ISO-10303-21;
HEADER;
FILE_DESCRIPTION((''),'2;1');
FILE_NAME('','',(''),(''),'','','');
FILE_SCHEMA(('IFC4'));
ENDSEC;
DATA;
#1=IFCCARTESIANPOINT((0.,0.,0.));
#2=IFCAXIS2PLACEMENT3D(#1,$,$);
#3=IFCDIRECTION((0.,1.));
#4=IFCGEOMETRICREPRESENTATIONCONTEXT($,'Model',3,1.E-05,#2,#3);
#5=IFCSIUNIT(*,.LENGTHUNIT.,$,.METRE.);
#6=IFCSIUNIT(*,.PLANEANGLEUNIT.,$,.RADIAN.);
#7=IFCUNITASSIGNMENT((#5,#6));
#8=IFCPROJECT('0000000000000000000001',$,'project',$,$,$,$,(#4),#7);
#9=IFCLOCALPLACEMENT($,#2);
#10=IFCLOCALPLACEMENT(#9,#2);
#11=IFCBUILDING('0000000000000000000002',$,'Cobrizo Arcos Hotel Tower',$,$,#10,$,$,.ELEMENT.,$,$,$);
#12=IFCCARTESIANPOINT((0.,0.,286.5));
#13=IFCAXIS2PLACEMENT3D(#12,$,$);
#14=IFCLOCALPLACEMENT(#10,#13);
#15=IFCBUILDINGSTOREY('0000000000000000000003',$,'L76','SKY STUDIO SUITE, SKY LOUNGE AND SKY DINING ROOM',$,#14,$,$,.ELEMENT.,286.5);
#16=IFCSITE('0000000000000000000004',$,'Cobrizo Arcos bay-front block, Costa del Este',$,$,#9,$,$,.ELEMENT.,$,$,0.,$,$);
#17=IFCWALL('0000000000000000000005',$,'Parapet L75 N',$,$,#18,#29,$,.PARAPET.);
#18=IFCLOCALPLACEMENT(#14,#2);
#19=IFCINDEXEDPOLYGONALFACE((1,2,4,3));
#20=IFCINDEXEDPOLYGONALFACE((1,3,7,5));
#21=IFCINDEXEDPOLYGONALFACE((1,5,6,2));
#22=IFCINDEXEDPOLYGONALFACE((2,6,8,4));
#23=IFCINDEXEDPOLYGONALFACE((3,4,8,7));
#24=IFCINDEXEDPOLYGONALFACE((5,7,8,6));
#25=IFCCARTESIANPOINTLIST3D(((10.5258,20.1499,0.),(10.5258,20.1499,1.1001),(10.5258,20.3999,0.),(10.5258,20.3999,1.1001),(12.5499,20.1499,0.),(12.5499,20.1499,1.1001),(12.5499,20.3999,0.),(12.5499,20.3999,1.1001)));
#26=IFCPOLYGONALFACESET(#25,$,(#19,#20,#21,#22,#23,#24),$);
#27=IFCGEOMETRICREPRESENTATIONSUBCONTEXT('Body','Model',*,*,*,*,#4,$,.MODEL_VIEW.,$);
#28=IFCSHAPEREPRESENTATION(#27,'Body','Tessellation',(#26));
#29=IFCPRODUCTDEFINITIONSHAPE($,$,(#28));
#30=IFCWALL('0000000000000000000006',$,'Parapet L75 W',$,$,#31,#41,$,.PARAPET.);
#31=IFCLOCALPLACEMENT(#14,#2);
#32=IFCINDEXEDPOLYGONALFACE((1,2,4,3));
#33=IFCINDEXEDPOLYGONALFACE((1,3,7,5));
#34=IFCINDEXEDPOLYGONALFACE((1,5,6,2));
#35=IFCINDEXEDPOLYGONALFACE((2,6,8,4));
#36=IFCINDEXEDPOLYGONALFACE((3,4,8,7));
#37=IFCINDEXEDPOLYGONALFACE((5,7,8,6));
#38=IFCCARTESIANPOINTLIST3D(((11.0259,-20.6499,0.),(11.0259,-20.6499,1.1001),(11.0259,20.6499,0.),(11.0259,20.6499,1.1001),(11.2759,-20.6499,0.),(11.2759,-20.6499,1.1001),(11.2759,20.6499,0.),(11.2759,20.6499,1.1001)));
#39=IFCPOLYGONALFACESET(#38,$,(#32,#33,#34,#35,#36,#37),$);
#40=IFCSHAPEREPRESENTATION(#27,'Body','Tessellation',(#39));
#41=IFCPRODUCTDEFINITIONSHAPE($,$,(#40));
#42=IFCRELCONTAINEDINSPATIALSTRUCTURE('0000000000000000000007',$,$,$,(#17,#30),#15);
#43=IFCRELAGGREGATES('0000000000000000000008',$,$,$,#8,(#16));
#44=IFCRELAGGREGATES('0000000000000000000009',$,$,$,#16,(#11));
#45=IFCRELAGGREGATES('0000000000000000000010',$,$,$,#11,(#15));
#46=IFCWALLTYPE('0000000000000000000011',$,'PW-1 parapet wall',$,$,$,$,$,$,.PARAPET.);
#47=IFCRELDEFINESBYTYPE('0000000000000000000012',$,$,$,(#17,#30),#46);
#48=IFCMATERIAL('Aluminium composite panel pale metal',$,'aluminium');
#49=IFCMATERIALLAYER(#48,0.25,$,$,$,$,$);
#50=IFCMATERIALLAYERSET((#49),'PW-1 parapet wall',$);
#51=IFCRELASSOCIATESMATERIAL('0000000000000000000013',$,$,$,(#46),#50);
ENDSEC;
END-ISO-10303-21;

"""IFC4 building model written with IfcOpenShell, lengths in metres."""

from ifc_helpers import new_model, si_unit, direction, frame, frame_2d, origin, place, context, subcontext, project, spatial, rectangle, extrude, material, layer, layer_set, type_object, element, save


model = new_model("IFC4")

# Units and contexts
model_context = context("Model", 3, precision=1e-05, world=origin(), true_north=direction((0.0, 1.0)))
body_context = subcontext(model_context, "Body", "Model", "MODEL_VIEW")
ifc_project = project(units=[si_unit("LENGTHUNIT", "METRE"), si_unit("PLANEANGLEUNIT", "RADIAN")], contexts=[model_context])

# Site, building, storey
site_placement = place(None, origin())
site = spatial("IfcSite", under=ifc_project, at=site_placement, Name="Cobrizo Arcos bay-front block, Costa del Este", CompositionType="ELEMENT", RefElevation=0.0)
building_placement = place(site_placement, origin())
building = spatial("IfcBuilding", under=site, at=building_placement, Name="Cobrizo Arcos Hotel Tower", CompositionType="ELEMENT")
storey_placement = place(building_placement, frame((0.0, 0.0, 286.5)))
storey = spatial("IfcBuildingStorey", under=building, at=storey_placement, Name="L76", Description="SKY STUDIO SUITE, SKY LOUNGE AND SKY DINING ROOM", CompositionType="ELEMENT", Elevation=286.5)

# Shared definitions
ifc_material_1 = material(Name="Aluminium composite panel pale metal", Category="aluminium")

# Walls
ifc_layer_1 = layer(ifc_material_1, 0.25)
ifc_layer_set_1 = layer_set([ifc_layer_1], Name="PW-1 parapet wall")
wall_type_1 = type_object("IfcWallType", Name="PW-1 parapet wall", PredefinedType="PARAPET", material=ifc_layer_set_1)
wall_1_placement = place(storey_placement, frame((12.55, 20.2749, 0.0), z_axis=(0.0, 0.0, 1.0), x_axis=(-1.0, 0.0, 0.0)))
element("IfcWall", 1, at=wall_1_placement, inside=storey, type_object=wall_type_1, Name="Parapet L75 N", PredefinedType="PARAPET", context=body_context, shape_type="SweptSolid", body=[
    extrude(rectangle(XDim=2.0242, YDim=0.25, at=frame_2d((1.0122, 0.0))), origin(), (0.0, 0.0, 1.0), 1.1001),
])
wall_2_placement = place(storey_placement, frame((11.1509, 20.6499, 0.0), z_axis=(0.0, 0.0, 1.0), x_axis=(0.0, -1.0, 0.0)))
element("IfcWall", 2, at=wall_2_placement, inside=storey, type_object=wall_type_1, Name="Parapet L75 W", PredefinedType="PARAPET", context=body_context, shape_type="SweptSolid", body=[
    extrude(rectangle(XDim=41.2998, YDim=0.25, at=frame_2d((20.6499, 0.0))), origin(), (0.0, 0.0, 1.0), 1.1001),
])

save(model, "model.ifc")
